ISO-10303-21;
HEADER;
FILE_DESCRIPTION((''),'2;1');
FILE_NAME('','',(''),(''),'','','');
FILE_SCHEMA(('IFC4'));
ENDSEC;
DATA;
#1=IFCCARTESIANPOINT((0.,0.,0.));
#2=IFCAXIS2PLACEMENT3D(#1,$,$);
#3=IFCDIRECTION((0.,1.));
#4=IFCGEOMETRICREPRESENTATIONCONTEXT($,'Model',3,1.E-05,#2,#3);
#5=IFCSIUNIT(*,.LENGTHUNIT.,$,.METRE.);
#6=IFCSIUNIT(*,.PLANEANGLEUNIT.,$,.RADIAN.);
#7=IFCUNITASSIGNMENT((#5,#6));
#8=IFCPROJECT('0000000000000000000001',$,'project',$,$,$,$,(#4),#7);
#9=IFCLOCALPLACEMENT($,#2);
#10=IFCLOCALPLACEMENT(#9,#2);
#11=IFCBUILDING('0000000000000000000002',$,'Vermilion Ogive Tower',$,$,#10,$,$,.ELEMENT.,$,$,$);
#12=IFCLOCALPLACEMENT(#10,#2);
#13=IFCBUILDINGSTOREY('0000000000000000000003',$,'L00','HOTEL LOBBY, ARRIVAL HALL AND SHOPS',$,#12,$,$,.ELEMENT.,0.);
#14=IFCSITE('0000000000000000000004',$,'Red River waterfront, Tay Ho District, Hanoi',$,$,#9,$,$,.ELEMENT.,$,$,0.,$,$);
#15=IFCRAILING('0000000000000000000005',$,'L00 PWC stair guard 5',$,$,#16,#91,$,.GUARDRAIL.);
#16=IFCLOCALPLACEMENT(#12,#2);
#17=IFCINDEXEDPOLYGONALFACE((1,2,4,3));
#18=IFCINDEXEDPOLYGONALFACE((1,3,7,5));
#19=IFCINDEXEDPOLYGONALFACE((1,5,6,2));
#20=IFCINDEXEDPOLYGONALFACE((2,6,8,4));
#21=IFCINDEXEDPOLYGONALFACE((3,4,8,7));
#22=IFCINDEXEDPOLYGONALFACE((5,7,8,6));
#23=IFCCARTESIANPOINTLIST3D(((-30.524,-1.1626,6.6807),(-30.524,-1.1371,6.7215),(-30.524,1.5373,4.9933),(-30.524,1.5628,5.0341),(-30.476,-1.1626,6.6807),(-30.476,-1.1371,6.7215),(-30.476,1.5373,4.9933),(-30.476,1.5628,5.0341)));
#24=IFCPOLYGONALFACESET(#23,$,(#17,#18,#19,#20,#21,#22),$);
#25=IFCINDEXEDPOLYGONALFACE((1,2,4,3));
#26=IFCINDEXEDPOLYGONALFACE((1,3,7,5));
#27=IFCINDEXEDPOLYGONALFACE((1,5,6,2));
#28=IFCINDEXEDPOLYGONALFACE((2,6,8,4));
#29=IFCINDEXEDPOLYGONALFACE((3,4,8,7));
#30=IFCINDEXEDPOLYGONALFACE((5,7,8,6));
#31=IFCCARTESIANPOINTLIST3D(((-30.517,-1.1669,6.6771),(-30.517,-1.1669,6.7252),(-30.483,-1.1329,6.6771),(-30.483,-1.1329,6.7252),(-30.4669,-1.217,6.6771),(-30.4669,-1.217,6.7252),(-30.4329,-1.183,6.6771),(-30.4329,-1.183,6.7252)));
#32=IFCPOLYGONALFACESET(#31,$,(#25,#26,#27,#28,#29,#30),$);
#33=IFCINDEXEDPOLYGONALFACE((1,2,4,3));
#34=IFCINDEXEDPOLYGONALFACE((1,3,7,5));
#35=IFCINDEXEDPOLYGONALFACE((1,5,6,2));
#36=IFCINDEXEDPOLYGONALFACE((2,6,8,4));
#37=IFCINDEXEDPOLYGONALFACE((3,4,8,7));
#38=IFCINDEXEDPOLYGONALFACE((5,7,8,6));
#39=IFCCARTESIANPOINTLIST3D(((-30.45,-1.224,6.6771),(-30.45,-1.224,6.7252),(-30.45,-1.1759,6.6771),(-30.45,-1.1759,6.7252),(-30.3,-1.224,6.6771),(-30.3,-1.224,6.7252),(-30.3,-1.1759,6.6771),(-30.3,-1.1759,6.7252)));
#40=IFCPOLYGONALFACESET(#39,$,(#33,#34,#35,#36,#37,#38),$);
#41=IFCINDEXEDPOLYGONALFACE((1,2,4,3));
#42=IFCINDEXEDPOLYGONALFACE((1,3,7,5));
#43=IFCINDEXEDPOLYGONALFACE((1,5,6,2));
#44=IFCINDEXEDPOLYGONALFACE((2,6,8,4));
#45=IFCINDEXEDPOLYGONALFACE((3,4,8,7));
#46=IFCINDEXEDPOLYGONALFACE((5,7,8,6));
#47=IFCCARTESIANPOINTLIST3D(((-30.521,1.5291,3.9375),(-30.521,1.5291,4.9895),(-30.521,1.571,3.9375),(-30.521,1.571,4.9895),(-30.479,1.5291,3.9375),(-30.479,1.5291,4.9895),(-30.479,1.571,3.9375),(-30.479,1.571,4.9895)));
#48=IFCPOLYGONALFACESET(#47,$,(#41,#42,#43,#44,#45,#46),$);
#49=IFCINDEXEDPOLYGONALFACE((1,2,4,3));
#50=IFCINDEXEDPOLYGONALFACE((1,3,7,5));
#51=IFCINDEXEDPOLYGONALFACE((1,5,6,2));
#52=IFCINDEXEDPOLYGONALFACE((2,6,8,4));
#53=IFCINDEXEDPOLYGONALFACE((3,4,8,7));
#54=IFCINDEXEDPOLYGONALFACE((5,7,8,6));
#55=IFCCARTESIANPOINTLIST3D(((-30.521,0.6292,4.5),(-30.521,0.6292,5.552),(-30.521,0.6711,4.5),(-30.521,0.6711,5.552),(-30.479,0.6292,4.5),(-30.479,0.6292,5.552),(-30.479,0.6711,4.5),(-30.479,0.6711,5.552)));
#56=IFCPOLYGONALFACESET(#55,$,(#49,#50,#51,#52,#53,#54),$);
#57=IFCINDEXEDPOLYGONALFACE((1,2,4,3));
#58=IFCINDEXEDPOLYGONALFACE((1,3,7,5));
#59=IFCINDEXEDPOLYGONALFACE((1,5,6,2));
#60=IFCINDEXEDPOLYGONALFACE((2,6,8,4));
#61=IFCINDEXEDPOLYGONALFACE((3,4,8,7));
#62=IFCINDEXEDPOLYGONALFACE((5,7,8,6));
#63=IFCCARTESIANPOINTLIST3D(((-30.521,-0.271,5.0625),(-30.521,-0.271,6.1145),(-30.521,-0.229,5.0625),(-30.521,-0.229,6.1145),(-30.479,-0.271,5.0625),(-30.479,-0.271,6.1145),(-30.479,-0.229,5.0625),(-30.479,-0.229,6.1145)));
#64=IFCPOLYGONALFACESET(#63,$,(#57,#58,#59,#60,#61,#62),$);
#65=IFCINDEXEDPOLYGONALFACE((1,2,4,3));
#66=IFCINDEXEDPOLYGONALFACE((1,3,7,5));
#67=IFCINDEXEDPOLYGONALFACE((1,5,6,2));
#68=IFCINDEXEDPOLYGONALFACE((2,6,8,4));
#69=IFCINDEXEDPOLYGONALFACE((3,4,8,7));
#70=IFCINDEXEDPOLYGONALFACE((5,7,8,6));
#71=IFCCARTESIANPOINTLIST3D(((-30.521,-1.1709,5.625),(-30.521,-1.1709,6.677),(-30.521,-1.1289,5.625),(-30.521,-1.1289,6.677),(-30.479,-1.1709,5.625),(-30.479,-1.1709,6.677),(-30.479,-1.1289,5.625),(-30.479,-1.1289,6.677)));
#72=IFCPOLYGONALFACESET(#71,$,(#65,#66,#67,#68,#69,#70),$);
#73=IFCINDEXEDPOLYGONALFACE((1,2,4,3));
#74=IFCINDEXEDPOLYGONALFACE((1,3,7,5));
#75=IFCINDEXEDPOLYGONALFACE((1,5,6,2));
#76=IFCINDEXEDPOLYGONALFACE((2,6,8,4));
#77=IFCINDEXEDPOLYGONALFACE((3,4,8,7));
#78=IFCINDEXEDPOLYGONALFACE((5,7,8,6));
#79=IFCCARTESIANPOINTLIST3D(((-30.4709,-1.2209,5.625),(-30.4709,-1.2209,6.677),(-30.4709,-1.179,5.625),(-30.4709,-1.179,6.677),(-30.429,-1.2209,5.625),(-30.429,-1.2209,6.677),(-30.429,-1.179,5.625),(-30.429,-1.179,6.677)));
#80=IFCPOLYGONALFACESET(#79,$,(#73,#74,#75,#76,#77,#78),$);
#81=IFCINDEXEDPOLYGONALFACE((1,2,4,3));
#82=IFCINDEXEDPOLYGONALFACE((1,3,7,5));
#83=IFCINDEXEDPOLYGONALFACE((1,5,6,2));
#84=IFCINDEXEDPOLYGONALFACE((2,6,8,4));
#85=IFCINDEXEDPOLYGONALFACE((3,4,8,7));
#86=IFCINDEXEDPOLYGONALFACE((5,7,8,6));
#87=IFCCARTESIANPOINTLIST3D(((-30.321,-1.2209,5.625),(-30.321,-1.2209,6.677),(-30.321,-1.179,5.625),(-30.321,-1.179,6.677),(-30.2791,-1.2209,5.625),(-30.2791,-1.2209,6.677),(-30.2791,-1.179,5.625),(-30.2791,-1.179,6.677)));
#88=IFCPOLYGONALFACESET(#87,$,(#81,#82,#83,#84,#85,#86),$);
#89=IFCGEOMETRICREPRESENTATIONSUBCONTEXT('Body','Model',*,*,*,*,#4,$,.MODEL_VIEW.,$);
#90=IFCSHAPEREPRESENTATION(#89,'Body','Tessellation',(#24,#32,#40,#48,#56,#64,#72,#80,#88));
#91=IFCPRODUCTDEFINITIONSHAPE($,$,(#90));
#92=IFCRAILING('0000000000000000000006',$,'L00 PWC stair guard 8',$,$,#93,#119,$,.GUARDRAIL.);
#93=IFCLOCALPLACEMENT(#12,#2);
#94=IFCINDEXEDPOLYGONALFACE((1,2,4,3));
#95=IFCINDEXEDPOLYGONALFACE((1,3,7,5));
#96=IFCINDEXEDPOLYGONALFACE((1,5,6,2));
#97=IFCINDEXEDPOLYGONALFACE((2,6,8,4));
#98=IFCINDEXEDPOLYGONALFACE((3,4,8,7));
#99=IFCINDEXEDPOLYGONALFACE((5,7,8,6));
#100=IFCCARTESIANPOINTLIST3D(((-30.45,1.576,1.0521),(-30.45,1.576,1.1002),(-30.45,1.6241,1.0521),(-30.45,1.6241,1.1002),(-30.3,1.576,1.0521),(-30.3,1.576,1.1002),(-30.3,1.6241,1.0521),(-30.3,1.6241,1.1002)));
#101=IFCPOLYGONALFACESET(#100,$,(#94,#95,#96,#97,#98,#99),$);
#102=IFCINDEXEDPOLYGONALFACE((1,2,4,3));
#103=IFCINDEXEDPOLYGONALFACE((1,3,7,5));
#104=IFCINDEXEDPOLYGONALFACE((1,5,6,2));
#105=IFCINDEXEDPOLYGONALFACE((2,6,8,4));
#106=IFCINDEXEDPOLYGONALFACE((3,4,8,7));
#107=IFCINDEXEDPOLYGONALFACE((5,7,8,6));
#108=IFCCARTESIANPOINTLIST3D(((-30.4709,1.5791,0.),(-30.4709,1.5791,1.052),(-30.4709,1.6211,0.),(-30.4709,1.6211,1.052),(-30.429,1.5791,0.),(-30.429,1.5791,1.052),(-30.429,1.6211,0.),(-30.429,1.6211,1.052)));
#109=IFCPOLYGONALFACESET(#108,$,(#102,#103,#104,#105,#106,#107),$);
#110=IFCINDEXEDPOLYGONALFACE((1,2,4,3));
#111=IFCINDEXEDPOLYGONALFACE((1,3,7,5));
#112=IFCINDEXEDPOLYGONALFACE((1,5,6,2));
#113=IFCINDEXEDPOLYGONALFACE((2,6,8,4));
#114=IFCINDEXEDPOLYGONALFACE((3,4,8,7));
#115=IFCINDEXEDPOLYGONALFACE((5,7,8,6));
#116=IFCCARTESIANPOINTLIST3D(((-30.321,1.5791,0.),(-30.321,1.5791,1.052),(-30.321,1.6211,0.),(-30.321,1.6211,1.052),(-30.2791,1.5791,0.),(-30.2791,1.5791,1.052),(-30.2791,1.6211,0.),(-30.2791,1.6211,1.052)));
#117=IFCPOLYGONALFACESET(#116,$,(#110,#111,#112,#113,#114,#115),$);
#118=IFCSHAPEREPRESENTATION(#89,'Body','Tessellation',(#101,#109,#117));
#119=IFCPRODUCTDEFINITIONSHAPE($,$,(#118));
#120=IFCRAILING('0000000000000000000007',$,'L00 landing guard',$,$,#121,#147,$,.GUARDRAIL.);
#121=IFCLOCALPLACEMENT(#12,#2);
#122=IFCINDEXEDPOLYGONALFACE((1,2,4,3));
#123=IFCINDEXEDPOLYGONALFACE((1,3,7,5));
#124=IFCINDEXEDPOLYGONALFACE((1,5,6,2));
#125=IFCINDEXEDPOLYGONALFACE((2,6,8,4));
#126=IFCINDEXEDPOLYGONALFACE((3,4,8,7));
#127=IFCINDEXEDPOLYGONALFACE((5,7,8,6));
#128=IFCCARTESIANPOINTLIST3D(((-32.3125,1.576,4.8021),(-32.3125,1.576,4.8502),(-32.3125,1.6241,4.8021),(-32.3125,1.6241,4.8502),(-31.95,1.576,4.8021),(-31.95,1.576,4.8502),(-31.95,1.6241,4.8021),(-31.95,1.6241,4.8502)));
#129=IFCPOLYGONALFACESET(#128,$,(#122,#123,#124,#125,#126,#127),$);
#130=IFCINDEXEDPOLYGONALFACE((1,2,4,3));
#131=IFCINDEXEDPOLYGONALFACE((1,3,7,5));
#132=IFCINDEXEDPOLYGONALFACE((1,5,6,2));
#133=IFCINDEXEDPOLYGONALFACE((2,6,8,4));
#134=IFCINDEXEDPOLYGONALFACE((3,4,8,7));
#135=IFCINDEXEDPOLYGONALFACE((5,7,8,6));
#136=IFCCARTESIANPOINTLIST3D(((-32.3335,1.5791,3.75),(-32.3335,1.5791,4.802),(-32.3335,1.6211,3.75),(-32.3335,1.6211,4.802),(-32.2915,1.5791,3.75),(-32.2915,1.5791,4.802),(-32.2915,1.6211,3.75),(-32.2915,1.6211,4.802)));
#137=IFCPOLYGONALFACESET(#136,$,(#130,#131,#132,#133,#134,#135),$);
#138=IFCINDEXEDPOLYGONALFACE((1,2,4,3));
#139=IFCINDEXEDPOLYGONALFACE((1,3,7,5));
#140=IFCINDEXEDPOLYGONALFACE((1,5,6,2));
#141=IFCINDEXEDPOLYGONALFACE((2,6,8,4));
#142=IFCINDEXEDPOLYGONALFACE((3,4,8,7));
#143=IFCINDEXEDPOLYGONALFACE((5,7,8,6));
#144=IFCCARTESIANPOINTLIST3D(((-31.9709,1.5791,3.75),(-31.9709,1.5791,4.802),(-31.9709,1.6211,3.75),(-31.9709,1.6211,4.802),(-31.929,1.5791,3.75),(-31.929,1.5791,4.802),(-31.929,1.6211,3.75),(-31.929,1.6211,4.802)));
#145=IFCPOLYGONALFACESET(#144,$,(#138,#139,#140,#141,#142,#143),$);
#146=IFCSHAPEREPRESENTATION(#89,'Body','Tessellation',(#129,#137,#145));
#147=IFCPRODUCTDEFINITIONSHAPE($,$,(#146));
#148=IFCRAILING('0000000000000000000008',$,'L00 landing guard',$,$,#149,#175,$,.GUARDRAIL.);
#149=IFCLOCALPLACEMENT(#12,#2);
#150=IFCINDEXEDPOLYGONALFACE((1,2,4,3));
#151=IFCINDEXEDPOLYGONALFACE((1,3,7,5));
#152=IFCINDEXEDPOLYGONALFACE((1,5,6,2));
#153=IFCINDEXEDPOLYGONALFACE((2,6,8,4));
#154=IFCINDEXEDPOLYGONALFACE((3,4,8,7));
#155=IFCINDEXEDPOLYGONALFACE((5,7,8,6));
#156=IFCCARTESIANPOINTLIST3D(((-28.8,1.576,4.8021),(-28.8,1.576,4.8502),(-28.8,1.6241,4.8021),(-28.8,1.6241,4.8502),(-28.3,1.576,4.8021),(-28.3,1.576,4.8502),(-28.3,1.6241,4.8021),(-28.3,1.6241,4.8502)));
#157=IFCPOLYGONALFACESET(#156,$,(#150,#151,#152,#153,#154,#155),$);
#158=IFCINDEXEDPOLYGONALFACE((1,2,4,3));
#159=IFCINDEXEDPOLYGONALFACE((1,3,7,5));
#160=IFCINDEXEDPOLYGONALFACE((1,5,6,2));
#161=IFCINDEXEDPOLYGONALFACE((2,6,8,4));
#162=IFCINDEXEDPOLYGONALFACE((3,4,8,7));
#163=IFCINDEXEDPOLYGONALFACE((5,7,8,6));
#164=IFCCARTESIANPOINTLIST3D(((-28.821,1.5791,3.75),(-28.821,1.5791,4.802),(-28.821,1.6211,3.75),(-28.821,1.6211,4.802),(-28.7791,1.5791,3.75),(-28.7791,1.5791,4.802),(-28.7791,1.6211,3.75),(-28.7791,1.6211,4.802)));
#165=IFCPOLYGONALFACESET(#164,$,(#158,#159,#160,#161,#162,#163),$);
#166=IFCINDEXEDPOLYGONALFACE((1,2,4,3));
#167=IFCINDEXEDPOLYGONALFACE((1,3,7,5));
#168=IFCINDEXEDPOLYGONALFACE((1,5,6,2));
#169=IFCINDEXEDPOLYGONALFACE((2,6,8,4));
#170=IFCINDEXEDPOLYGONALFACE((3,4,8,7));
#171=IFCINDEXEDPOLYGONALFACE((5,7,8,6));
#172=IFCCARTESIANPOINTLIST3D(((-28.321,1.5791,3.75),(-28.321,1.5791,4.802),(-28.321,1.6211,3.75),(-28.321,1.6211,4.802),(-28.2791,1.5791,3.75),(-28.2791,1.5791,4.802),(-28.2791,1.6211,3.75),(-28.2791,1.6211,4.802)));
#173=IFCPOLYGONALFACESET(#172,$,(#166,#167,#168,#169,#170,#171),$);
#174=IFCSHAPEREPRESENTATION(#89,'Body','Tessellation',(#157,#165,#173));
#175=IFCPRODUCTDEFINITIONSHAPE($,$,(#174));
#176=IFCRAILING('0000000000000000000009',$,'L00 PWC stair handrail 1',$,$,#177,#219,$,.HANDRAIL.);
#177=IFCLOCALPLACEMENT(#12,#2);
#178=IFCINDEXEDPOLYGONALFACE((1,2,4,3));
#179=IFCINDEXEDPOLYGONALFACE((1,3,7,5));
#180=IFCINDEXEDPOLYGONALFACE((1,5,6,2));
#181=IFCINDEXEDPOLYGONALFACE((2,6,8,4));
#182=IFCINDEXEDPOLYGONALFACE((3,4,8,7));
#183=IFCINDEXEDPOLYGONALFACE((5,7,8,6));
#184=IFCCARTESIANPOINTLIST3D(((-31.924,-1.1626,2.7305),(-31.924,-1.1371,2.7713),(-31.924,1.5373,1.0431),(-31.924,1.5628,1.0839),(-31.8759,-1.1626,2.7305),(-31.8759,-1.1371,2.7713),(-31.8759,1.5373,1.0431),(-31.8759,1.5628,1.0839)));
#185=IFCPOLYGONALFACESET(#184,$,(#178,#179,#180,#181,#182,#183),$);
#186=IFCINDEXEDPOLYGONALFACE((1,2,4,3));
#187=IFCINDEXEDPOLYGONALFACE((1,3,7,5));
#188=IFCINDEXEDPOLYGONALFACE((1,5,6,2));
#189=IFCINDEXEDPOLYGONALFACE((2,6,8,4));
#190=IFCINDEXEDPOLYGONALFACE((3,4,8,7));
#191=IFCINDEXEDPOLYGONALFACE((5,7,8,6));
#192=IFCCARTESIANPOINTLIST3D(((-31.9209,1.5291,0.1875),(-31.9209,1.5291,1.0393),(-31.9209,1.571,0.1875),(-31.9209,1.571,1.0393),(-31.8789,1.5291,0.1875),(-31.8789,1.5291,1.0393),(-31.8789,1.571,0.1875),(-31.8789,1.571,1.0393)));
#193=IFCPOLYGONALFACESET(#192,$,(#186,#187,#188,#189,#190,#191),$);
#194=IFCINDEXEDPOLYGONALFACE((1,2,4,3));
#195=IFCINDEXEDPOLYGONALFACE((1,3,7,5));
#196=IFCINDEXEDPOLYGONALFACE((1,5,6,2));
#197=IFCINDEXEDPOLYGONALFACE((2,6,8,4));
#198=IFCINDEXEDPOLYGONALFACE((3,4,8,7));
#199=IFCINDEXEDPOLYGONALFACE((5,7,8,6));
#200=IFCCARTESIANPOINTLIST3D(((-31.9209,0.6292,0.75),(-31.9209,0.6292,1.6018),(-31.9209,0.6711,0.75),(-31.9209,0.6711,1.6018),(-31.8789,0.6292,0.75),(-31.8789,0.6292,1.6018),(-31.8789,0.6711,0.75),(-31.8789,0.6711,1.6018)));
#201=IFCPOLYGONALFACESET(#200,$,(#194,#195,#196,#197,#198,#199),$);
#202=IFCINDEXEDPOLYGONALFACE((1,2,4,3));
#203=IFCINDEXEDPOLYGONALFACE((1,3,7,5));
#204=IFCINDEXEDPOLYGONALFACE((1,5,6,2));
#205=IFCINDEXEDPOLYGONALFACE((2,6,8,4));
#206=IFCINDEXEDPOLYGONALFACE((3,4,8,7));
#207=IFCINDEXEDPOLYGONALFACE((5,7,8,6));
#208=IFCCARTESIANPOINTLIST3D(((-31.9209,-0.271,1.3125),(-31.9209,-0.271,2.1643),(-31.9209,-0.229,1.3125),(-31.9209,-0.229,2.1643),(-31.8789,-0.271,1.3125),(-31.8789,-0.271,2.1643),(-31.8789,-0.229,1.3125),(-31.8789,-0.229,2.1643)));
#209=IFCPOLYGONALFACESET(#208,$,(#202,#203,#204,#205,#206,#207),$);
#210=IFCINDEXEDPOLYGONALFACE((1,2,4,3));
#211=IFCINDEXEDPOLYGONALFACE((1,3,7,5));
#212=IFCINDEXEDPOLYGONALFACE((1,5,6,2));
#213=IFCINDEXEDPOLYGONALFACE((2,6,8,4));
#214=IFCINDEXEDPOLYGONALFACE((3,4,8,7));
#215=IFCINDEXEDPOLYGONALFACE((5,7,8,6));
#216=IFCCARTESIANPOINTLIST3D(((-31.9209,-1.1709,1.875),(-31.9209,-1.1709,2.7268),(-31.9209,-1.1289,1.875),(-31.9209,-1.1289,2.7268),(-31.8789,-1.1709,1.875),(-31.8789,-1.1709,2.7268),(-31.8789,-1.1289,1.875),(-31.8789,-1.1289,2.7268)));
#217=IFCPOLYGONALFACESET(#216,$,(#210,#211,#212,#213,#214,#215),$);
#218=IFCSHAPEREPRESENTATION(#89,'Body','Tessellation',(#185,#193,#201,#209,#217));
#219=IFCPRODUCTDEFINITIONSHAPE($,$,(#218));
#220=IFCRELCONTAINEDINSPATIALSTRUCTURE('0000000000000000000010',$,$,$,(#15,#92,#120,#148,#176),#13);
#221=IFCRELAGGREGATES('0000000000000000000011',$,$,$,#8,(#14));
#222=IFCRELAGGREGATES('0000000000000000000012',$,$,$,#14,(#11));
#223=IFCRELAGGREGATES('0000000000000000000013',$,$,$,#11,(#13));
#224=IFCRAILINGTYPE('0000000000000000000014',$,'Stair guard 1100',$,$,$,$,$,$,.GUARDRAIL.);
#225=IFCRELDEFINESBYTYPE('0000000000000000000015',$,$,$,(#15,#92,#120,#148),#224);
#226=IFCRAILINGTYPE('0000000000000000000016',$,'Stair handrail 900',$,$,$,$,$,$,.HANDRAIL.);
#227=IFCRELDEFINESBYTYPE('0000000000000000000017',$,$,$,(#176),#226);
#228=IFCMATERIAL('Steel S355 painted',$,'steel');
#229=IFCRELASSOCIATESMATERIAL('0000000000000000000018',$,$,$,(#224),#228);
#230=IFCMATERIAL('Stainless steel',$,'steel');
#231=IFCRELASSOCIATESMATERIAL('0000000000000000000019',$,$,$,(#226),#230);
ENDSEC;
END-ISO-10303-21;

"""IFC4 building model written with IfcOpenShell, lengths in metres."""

from ifc_helpers import new_model, si_unit, direction, frame, origin, origin_2d, place, context, subcontext, project, spatial, rectangle, extrude, material, type_object, element, save


model = new_model("IFC4")

# Units and contexts
model_context = context("Model", 3, precision=1e-05, world=origin(), true_north=direction((0.0, 1.0)))
body_context = subcontext(model_context, "Body", "Model", "MODEL_VIEW")
ifc_project = project(units=[si_unit("LENGTHUNIT", "METRE"), si_unit("PLANEANGLEUNIT", "RADIAN")], contexts=[model_context])

# Site, building, storey
site_placement = place(None, origin())
site = spatial("IfcSite", under=ifc_project, at=site_placement, Name="Red River waterfront, Tay Ho District, Hanoi", CompositionType="ELEMENT", RefElevation=0.0)
building_placement = place(site_placement, origin())
building = spatial("IfcBuilding", under=site, at=building_placement, Name="Vermilion Ogive Tower", CompositionType="ELEMENT")
storey_placement = place(building_placement, origin())
storey = spatial("IfcBuildingStorey", under=building, at=storey_placement, Name="L00", Description="HOTEL LOBBY, ARRIVAL HALL AND SHOPS", CompositionType="ELEMENT", Elevation=0.0)

# Railings
ifc_material_1 = material(Name="Steel S355 painted", Category="steel")
railing_type_1 = type_object("IfcRailingType", Name="Stair guard 1100", PredefinedType="GUARDRAIL", material=ifc_material_1)
for number, where, name in (
    (1, (-30.5, 1.55, 3.9375), "L00 PWC stair guard 5"),
):
    element("IfcRailing", number, at=place(storey_placement, frame(where)), inside=storey, type_object=railing_type_1, Name=name, PredefinedType="GUARDRAIL", context=body_context, shape_type="SweptSolid", body=[
        extrude(rectangle(XDim=0.0481, YDim=0.0481, at=origin_2d()), frame((0.0, 0.0, 1.0762), z_axis=(0.0, -0.847994, 0.530006), x_axis=(1.0, 0.0, 0.0)), (0.0, 0.0, 1.0), 3.1838),
        extrude(rectangle(XDim=0.0481, YDim=0.0481, at=origin_2d()), frame((0.0, -2.7, 2.7637), z_axis=(0.707107, -0.707107, 0.0), x_axis=(0.707107, 0.707107, 0.0)), (0.0, 0.0, 1.0), 0.0708),
        extrude(rectangle(XDim=0.0481, YDim=0.0481, at=origin_2d()), frame((0.05, -2.75, 2.7637), z_axis=(1.0, 0.0, 0.0), x_axis=(0.0, 1.0, 0.0)), (0.0, 0.0, 1.0), 0.1499),
        extrude(rectangle(XDim=0.042, YDim=0.042, at=origin_2d()), origin(), (0.0, 0.0, 1.0), 1.052),
        extrude(rectangle(XDim=0.042, YDim=0.042, at=origin_2d()), frame((0.0, -0.8999, 0.5625)), (0.0, 0.0, 1.0), 1.052),
        extrude(rectangle(XDim=0.042, YDim=0.042, at=origin_2d()), frame((0.0, -1.8, 1.125)), (0.0, 0.0, 1.0), 1.052),
        extrude(rectangle(XDim=0.042, YDim=0.042, at=origin_2d()), frame((0.0, -2.7, 1.6875)), (0.0, 0.0, 1.0), 1.052),
        extrude(rectangle(XDim=0.042, YDim=0.042, at=origin_2d()), frame((0.05, -2.75, 1.6875)), (0.0, 0.0, 1.0), 1.052),
        extrude(rectangle(XDim=0.042, YDim=0.042, at=origin_2d()), frame((0.2, -2.75, 1.6875)), (0.0, 0.0, 1.0), 1.052),
    ])
railing_1_placement = place(storey_placement, frame((-30.45, 1.6001, 0.0)))
element("IfcRailing", 2, at=railing_1_placement, inside=storey, type_object=railing_type_1, Name="L00 PWC stair guard 8", PredefinedType="GUARDRAIL", context=body_context, shape_type="SweptSolid", body=[
    extrude(rectangle(XDim=0.0481, YDim=0.0481, at=origin_2d()), frame((0.0, 0.0, 1.0762), z_axis=(1.0, 0.0, 0.0), x_axis=(0.0, 1.0, 0.0)), (0.0, 0.0, 1.0), 0.1499),
    extrude(rectangle(XDim=0.042, YDim=0.042, at=origin_2d()), origin(), (0.0, 0.0, 1.0), 1.052),
    extrude(rectangle(XDim=0.042, YDim=0.042, at=origin_2d()), frame((0.1499, 0.0, 0.0)), (0.0, 0.0, 1.0), 1.052),
])
railing_2_placement = place(storey_placement, frame((-32.3125, 1.6001, 3.75)))
element("IfcRailing", 3, at=railing_2_placement, inside=storey, type_object=railing_type_1, Name="L00 landing guard", PredefinedType="GUARDRAIL", context=body_context, shape_type="SweptSolid", body=[
    extrude(rectangle(XDim=0.0481, YDim=0.0481, at=origin_2d()), frame((0.0, 0.0, 1.0762), z_axis=(1.0, 0.0, 0.0), x_axis=(0.0, 1.0, 0.0)), (0.0, 0.0, 1.0), 0.3625),
    extrude(rectangle(XDim=0.042, YDim=0.042, at=origin_2d()), origin(), (0.0, 0.0, 1.0), 1.052),
    extrude(rectangle(XDim=0.042, YDim=0.042, at=origin_2d()), frame((0.3625, 0.0, 0.0)), (0.0, 0.0, 1.0), 1.052),
])
railing_3_placement = place(storey_placement, frame((-28.8, 1.6001, 3.75)))
element("IfcRailing", 4, at=railing_3_placement, inside=storey, type_object=railing_type_1, Name="L00 landing guard", PredefinedType="GUARDRAIL", context=body_context, shape_type="SweptSolid", body=[
    extrude(rectangle(XDim=0.0481, YDim=0.0481, at=origin_2d()), frame((0.0, 0.0, 1.0762), z_axis=(1.0, 0.0, 0.0), x_axis=(0.0, 1.0, 0.0)), (0.0, 0.0, 1.0), 0.5),
    extrude(rectangle(XDim=0.042, YDim=0.042, at=origin_2d()), origin(), (0.0, 0.0, 1.0), 1.052),
    extrude(rectangle(XDim=0.042, YDim=0.042, at=origin_2d()), frame((0.5, 0.0, 0.0)), (0.0, 0.0, 1.0), 1.052),
])
ifc_material_2 = material(Name="Stainless steel", Category="steel")
railing_type_2 = type_object("IfcRailingType", Name="Stair handrail 900", PredefinedType="HANDRAIL", material=ifc_material_2)
for number, where, name in (
    (5, (-31.8999, 1.55, 0.1875), "L00 PWC stair handrail 1"),
):
    element("IfcRailing", number, at=place(storey_placement, frame(where)), inside=storey, type_object=railing_type_2, Name=name, PredefinedType="HANDRAIL", context=body_context, shape_type="SweptSolid", body=[
        extrude(rectangle(XDim=0.0481, YDim=0.0481, at=origin_2d()), frame((0.0, 0.0, 0.876), z_axis=(0.0, -0.847994, 0.530006), x_axis=(1.0, 0.0, 0.0)), (0.0, 0.0, 1.0), 3.1838),
        extrude(rectangle(XDim=0.042, YDim=0.042, at=origin_2d()), origin(), (0.0, 0.0, 1.0), 0.8518),
        extrude(rectangle(XDim=0.042, YDim=0.042, at=origin_2d()), frame((0.0, -0.8999, 0.5625)), (0.0, 0.0, 1.0), 0.8518),
        extrude(rectangle(XDim=0.042, YDim=0.042, at=origin_2d()), frame((0.0, -1.8, 1.125)), (0.0, 0.0, 1.0), 0.8518),
        extrude(rectangle(XDim=0.042, YDim=0.042, at=origin_2d()), frame((0.0, -2.7, 1.6875)), (0.0, 0.0, 1.0), 0.8518),
    ])

save(model, "model.ifc")
